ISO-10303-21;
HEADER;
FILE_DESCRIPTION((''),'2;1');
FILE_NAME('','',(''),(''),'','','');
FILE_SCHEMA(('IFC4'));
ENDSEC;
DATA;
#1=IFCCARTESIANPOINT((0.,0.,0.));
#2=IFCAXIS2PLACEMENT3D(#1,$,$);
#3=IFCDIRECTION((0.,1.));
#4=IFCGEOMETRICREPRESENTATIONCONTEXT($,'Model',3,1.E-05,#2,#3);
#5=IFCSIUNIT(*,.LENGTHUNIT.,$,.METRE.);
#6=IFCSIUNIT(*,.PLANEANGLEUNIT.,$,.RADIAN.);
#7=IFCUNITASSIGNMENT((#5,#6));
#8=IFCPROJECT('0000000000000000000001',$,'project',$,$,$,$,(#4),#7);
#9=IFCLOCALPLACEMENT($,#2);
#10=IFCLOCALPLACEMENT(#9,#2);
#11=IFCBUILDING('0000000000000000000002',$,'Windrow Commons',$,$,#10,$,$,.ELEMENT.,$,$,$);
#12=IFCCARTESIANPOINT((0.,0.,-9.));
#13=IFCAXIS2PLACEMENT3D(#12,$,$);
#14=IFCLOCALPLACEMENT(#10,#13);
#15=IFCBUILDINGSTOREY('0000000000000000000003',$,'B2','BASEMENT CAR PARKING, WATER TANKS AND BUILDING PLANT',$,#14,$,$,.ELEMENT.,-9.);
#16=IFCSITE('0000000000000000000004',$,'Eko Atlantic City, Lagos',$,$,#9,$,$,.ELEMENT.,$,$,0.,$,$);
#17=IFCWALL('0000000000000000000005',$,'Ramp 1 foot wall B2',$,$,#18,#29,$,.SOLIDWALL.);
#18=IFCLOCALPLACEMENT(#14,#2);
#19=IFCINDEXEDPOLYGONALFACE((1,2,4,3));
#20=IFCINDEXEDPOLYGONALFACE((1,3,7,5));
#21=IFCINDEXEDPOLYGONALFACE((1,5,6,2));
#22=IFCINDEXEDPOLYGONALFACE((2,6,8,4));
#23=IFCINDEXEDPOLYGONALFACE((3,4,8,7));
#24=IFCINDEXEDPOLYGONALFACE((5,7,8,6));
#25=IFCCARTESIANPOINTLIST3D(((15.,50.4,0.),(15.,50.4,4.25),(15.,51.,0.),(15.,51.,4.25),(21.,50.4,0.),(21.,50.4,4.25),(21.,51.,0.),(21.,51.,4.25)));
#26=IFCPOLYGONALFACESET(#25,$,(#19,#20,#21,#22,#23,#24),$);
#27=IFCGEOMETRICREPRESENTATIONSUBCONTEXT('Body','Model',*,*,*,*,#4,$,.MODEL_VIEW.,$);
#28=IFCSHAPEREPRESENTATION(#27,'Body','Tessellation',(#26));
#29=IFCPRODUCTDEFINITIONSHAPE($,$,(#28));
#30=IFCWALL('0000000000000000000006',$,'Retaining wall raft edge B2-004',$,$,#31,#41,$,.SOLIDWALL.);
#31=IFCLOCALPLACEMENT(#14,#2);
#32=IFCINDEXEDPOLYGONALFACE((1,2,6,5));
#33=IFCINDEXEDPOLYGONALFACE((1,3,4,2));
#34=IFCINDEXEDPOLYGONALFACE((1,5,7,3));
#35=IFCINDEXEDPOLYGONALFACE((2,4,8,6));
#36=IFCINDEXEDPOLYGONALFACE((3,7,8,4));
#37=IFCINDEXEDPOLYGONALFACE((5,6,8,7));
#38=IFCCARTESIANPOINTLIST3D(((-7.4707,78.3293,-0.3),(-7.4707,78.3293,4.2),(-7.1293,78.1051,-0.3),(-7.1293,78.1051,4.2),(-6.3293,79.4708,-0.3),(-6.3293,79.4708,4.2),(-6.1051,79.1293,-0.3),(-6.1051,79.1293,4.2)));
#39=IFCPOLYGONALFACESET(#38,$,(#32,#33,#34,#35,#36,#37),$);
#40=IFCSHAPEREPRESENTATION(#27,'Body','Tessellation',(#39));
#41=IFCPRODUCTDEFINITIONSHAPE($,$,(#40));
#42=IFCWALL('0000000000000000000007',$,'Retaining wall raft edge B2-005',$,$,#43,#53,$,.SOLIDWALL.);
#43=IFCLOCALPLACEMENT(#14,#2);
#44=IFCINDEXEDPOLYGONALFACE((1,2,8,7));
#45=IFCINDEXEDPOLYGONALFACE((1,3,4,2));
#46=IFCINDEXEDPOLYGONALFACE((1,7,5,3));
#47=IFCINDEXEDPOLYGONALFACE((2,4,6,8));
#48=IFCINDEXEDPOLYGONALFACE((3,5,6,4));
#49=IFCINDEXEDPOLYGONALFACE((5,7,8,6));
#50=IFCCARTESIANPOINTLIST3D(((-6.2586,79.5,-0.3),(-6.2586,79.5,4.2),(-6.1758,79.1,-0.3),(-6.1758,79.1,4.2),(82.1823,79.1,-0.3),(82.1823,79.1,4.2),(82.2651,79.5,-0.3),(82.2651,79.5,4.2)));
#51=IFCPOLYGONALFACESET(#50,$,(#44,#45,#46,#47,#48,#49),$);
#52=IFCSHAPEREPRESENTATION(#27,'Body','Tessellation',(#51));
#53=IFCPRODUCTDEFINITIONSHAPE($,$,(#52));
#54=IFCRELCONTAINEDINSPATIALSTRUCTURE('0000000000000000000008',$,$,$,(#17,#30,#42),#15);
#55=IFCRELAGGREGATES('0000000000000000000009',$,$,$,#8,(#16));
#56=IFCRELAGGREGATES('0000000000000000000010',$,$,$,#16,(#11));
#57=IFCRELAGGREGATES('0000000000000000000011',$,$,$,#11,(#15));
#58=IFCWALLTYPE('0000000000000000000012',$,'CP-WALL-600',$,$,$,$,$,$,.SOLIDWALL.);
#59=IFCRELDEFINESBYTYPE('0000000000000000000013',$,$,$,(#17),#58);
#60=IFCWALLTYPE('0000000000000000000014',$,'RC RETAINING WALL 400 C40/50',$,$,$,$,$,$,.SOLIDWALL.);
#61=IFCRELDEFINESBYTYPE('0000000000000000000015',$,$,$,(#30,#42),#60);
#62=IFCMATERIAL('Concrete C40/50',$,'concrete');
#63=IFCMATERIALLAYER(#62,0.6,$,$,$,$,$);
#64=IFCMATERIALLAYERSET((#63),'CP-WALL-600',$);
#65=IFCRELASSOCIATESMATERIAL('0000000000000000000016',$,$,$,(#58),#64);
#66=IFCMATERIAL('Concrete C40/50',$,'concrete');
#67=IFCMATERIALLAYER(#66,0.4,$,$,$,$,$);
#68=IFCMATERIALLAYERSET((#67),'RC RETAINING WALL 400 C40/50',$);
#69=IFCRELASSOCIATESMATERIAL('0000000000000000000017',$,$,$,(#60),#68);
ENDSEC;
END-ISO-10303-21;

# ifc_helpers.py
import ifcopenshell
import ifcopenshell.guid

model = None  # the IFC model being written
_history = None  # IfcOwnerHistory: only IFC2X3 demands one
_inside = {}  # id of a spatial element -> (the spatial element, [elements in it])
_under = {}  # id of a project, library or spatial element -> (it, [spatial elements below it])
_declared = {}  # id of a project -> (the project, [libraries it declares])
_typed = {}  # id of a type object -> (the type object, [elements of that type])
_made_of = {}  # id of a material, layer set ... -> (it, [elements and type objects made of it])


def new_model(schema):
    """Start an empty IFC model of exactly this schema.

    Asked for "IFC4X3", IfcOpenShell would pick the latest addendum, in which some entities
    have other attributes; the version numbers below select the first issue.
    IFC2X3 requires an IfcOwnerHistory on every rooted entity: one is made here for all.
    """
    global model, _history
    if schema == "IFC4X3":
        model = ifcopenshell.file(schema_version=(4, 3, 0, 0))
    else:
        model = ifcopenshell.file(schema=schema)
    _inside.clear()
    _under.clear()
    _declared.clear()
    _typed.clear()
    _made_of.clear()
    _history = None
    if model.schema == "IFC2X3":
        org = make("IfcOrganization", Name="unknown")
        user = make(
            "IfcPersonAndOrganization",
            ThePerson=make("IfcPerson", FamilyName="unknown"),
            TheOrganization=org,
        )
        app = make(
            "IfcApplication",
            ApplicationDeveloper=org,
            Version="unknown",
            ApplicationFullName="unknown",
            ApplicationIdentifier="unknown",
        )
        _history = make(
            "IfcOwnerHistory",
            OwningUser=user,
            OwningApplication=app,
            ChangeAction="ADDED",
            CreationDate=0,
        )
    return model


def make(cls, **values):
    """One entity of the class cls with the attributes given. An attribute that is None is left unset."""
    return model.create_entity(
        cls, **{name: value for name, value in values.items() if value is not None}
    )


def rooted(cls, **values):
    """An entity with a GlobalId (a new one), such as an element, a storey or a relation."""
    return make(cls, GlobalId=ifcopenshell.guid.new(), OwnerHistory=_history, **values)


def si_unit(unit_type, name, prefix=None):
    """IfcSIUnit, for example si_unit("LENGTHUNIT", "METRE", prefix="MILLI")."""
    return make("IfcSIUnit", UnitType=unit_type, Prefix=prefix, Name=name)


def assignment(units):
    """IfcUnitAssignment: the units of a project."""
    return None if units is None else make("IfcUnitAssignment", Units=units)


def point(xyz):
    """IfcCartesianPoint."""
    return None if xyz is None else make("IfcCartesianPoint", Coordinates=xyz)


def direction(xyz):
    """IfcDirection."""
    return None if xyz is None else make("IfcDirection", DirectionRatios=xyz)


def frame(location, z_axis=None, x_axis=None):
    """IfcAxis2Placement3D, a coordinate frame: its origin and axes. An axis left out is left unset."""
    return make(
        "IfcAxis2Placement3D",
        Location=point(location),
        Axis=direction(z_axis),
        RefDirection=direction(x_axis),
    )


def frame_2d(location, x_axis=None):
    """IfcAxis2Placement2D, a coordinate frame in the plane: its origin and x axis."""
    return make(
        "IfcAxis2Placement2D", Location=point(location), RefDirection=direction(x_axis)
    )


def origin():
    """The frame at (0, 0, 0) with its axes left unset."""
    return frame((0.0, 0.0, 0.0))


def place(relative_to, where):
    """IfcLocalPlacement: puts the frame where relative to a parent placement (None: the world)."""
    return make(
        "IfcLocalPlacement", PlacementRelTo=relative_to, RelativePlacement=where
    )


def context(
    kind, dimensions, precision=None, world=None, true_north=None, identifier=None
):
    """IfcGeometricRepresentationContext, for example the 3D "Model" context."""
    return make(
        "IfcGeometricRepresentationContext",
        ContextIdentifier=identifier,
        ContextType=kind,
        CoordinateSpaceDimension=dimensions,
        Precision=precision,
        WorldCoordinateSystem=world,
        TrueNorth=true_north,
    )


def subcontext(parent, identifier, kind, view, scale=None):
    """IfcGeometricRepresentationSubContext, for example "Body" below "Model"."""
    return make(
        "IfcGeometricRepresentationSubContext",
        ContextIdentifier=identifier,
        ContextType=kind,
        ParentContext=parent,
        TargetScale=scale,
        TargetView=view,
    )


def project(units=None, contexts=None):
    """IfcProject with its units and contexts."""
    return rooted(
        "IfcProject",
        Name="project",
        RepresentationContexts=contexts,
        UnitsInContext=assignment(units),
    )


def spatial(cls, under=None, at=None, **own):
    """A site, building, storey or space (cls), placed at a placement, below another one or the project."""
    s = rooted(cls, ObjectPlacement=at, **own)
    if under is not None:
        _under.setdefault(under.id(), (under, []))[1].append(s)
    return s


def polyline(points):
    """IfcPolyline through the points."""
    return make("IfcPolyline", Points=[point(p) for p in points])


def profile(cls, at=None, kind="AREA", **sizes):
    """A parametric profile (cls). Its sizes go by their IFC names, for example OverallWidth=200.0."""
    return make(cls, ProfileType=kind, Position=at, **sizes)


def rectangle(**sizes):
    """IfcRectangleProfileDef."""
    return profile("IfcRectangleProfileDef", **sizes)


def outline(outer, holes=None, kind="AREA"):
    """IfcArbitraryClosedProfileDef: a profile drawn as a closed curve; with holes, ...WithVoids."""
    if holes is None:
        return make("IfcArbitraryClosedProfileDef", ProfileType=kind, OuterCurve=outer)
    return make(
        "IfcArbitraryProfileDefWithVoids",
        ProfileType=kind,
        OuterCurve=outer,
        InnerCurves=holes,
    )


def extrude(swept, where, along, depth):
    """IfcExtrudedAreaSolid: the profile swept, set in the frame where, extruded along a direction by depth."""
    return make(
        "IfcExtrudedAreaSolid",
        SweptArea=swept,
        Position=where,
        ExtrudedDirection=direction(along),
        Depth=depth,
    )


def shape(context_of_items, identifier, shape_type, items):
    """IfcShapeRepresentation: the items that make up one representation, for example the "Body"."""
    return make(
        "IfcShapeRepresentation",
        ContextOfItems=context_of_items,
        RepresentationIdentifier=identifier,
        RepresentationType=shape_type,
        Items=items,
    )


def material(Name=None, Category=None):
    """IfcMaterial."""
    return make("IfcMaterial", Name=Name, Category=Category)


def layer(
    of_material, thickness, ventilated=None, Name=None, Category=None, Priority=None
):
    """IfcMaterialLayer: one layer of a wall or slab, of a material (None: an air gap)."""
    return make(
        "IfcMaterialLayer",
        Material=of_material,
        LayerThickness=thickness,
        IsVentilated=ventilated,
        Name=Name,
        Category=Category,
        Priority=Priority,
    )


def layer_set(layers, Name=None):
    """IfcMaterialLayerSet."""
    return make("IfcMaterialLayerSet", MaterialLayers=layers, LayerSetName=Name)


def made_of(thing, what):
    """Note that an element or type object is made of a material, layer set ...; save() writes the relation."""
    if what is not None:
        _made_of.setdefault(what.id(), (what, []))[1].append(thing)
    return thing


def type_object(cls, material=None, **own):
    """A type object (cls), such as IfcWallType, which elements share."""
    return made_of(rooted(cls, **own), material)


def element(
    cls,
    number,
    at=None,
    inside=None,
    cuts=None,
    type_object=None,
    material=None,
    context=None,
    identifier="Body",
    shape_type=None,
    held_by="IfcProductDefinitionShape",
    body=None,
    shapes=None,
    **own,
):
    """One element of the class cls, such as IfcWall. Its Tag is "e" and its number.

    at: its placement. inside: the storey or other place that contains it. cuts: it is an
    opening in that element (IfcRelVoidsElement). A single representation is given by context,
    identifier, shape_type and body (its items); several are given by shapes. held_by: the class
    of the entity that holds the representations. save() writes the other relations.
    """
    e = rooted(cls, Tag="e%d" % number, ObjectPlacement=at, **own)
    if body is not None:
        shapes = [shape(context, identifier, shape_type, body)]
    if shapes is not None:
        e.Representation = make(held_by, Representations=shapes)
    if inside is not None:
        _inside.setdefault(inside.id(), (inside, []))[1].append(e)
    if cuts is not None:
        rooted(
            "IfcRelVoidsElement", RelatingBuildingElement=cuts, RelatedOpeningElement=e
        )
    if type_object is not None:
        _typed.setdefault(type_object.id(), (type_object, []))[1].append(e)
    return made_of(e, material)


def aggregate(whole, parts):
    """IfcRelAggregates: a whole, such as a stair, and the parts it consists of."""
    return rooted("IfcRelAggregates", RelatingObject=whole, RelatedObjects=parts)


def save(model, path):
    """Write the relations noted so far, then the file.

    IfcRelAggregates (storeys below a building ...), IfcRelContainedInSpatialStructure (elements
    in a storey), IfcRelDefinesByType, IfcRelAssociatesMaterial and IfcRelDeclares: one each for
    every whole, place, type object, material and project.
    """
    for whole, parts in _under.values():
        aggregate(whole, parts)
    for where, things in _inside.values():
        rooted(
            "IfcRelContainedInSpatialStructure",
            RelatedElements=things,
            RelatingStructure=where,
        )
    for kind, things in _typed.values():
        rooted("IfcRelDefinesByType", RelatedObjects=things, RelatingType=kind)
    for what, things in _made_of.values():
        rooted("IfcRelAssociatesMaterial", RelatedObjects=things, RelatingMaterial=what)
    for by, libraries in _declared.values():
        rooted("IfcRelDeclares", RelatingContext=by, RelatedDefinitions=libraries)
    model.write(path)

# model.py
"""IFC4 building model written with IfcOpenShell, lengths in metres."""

from ifc_helpers import new_model, si_unit, direction, frame, frame_2d, origin, place, context, subcontext, project, spatial, polyline, rectangle, outline, extrude, material, layer, layer_set, type_object, element, save


model = new_model("IFC4")

# Units and contexts
model_context = context("Model", 3, precision=1e-05, world=origin(), true_north=direction((0.0, 1.0)))
body_context = subcontext(model_context, "Body", "Model", "MODEL_VIEW")
ifc_project = project(units=[si_unit("LENGTHUNIT", "METRE"), si_unit("PLANEANGLEUNIT", "RADIAN")], contexts=[model_context])

# Site, building, storey
site_placement = place(None, origin())
site = spatial("IfcSite", under=ifc_project, at=site_placement, Name="Eko Atlantic City, Lagos", CompositionType="ELEMENT", RefElevation=0.0)
building_placement = place(site_placement, origin())
building = spatial("IfcBuilding", under=site, at=building_placement, Name="Windrow Commons", CompositionType="ELEMENT")
storey_placement = place(building_placement, frame((0.0, 0.0, -9.0)))
storey = spatial("IfcBuildingStorey", under=building, at=storey_placement, Name="B2", Description="BASEMENT CAR PARKING, WATER TANKS AND BUILDING PLANT", CompositionType="ELEMENT", Elevation=-9.0)

# Walls
ifc_material_1 = material(Name="Concrete C40/50", Category="concrete")
ifc_layer_1 = layer(ifc_material_1, 0.6)
ifc_layer_set_1 = layer_set([ifc_layer_1], Name="CP-WALL-600")
wall_type_1 = type_object("IfcWallType", Name="CP-WALL-600", PredefinedType="SOLIDWALL", material=ifc_layer_set_1)
wall_1_placement = place(storey_placement, frame((15.0, 50.7, 0.0), z_axis=(0.0, 0.0, 1.0), x_axis=(1.0, 0.0, 0.0)))
element("IfcWall", 1, at=wall_1_placement, inside=storey, type_object=wall_type_1, Name="Ramp 1 foot wall B2", PredefinedType="SOLIDWALL", context=body_context, shape_type="SweptSolid", body=[
    extrude(rectangle(XDim=6.0, YDim=0.6, at=frame_2d((3.0, 0.0))), origin(), (0.0, 0.0, 1.0), 4.25),
])
ifc_material_2 = material(Name="Concrete C40/50", Category="concrete")
ifc_layer_2 = layer(ifc_material_2, 0.4)
ifc_layer_set_2 = layer_set([ifc_layer_2], Name="RC RETAINING WALL 400 C40/50")
wall_type_2 = type_object("IfcWallType", Name="RC RETAINING WALL 400 C40/50", PredefinedType="SOLIDWALL", material=ifc_layer_set_2)
wall_2_placement = place(storey_placement, frame((-7.3, 78.2172, -0.3), z_axis=(0.0, 0.0, 1.0), x_axis=(0.707107, 0.707107, 0.0)))
element("IfcWall", 2, at=wall_2_placement, inside=storey, type_object=wall_type_2, Name="Retaining wall raft edge B2-004", PredefinedType="SOLIDWALL", context=body_context, shape_type="SweptSolid", body=[
    extrude(outline(polyline([(0.0414, -0.2), (1.4899, -0.2), (1.5728, 0.2), (-0.0414, 0.2), (0.0414, -0.2)])), origin(), (0.0, 0.0, 1.0), 4.5),
])
wall_3_placement = place(storey_placement, frame((-6.2172, 79.3, -0.3), z_axis=(0.0, 0.0, 1.0), x_axis=(1.0, 0.0, 0.0)))
element("IfcWall", 3, at=wall_3_placement, inside=storey, type_object=wall_type_2, Name="Retaining wall raft edge B2-005", PredefinedType="SOLIDWALL", context=body_context, shape_type="SweptSolid", body=[
    extrude(outline(polyline([(0.0414, -0.2), (88.3995, -0.2), (88.4823, 0.2), (-0.0414, 0.2), (0.0414, -0.2)])), origin(), (0.0, 0.0, 1.0), 4.5),
])

save(model, "model.ifc")
